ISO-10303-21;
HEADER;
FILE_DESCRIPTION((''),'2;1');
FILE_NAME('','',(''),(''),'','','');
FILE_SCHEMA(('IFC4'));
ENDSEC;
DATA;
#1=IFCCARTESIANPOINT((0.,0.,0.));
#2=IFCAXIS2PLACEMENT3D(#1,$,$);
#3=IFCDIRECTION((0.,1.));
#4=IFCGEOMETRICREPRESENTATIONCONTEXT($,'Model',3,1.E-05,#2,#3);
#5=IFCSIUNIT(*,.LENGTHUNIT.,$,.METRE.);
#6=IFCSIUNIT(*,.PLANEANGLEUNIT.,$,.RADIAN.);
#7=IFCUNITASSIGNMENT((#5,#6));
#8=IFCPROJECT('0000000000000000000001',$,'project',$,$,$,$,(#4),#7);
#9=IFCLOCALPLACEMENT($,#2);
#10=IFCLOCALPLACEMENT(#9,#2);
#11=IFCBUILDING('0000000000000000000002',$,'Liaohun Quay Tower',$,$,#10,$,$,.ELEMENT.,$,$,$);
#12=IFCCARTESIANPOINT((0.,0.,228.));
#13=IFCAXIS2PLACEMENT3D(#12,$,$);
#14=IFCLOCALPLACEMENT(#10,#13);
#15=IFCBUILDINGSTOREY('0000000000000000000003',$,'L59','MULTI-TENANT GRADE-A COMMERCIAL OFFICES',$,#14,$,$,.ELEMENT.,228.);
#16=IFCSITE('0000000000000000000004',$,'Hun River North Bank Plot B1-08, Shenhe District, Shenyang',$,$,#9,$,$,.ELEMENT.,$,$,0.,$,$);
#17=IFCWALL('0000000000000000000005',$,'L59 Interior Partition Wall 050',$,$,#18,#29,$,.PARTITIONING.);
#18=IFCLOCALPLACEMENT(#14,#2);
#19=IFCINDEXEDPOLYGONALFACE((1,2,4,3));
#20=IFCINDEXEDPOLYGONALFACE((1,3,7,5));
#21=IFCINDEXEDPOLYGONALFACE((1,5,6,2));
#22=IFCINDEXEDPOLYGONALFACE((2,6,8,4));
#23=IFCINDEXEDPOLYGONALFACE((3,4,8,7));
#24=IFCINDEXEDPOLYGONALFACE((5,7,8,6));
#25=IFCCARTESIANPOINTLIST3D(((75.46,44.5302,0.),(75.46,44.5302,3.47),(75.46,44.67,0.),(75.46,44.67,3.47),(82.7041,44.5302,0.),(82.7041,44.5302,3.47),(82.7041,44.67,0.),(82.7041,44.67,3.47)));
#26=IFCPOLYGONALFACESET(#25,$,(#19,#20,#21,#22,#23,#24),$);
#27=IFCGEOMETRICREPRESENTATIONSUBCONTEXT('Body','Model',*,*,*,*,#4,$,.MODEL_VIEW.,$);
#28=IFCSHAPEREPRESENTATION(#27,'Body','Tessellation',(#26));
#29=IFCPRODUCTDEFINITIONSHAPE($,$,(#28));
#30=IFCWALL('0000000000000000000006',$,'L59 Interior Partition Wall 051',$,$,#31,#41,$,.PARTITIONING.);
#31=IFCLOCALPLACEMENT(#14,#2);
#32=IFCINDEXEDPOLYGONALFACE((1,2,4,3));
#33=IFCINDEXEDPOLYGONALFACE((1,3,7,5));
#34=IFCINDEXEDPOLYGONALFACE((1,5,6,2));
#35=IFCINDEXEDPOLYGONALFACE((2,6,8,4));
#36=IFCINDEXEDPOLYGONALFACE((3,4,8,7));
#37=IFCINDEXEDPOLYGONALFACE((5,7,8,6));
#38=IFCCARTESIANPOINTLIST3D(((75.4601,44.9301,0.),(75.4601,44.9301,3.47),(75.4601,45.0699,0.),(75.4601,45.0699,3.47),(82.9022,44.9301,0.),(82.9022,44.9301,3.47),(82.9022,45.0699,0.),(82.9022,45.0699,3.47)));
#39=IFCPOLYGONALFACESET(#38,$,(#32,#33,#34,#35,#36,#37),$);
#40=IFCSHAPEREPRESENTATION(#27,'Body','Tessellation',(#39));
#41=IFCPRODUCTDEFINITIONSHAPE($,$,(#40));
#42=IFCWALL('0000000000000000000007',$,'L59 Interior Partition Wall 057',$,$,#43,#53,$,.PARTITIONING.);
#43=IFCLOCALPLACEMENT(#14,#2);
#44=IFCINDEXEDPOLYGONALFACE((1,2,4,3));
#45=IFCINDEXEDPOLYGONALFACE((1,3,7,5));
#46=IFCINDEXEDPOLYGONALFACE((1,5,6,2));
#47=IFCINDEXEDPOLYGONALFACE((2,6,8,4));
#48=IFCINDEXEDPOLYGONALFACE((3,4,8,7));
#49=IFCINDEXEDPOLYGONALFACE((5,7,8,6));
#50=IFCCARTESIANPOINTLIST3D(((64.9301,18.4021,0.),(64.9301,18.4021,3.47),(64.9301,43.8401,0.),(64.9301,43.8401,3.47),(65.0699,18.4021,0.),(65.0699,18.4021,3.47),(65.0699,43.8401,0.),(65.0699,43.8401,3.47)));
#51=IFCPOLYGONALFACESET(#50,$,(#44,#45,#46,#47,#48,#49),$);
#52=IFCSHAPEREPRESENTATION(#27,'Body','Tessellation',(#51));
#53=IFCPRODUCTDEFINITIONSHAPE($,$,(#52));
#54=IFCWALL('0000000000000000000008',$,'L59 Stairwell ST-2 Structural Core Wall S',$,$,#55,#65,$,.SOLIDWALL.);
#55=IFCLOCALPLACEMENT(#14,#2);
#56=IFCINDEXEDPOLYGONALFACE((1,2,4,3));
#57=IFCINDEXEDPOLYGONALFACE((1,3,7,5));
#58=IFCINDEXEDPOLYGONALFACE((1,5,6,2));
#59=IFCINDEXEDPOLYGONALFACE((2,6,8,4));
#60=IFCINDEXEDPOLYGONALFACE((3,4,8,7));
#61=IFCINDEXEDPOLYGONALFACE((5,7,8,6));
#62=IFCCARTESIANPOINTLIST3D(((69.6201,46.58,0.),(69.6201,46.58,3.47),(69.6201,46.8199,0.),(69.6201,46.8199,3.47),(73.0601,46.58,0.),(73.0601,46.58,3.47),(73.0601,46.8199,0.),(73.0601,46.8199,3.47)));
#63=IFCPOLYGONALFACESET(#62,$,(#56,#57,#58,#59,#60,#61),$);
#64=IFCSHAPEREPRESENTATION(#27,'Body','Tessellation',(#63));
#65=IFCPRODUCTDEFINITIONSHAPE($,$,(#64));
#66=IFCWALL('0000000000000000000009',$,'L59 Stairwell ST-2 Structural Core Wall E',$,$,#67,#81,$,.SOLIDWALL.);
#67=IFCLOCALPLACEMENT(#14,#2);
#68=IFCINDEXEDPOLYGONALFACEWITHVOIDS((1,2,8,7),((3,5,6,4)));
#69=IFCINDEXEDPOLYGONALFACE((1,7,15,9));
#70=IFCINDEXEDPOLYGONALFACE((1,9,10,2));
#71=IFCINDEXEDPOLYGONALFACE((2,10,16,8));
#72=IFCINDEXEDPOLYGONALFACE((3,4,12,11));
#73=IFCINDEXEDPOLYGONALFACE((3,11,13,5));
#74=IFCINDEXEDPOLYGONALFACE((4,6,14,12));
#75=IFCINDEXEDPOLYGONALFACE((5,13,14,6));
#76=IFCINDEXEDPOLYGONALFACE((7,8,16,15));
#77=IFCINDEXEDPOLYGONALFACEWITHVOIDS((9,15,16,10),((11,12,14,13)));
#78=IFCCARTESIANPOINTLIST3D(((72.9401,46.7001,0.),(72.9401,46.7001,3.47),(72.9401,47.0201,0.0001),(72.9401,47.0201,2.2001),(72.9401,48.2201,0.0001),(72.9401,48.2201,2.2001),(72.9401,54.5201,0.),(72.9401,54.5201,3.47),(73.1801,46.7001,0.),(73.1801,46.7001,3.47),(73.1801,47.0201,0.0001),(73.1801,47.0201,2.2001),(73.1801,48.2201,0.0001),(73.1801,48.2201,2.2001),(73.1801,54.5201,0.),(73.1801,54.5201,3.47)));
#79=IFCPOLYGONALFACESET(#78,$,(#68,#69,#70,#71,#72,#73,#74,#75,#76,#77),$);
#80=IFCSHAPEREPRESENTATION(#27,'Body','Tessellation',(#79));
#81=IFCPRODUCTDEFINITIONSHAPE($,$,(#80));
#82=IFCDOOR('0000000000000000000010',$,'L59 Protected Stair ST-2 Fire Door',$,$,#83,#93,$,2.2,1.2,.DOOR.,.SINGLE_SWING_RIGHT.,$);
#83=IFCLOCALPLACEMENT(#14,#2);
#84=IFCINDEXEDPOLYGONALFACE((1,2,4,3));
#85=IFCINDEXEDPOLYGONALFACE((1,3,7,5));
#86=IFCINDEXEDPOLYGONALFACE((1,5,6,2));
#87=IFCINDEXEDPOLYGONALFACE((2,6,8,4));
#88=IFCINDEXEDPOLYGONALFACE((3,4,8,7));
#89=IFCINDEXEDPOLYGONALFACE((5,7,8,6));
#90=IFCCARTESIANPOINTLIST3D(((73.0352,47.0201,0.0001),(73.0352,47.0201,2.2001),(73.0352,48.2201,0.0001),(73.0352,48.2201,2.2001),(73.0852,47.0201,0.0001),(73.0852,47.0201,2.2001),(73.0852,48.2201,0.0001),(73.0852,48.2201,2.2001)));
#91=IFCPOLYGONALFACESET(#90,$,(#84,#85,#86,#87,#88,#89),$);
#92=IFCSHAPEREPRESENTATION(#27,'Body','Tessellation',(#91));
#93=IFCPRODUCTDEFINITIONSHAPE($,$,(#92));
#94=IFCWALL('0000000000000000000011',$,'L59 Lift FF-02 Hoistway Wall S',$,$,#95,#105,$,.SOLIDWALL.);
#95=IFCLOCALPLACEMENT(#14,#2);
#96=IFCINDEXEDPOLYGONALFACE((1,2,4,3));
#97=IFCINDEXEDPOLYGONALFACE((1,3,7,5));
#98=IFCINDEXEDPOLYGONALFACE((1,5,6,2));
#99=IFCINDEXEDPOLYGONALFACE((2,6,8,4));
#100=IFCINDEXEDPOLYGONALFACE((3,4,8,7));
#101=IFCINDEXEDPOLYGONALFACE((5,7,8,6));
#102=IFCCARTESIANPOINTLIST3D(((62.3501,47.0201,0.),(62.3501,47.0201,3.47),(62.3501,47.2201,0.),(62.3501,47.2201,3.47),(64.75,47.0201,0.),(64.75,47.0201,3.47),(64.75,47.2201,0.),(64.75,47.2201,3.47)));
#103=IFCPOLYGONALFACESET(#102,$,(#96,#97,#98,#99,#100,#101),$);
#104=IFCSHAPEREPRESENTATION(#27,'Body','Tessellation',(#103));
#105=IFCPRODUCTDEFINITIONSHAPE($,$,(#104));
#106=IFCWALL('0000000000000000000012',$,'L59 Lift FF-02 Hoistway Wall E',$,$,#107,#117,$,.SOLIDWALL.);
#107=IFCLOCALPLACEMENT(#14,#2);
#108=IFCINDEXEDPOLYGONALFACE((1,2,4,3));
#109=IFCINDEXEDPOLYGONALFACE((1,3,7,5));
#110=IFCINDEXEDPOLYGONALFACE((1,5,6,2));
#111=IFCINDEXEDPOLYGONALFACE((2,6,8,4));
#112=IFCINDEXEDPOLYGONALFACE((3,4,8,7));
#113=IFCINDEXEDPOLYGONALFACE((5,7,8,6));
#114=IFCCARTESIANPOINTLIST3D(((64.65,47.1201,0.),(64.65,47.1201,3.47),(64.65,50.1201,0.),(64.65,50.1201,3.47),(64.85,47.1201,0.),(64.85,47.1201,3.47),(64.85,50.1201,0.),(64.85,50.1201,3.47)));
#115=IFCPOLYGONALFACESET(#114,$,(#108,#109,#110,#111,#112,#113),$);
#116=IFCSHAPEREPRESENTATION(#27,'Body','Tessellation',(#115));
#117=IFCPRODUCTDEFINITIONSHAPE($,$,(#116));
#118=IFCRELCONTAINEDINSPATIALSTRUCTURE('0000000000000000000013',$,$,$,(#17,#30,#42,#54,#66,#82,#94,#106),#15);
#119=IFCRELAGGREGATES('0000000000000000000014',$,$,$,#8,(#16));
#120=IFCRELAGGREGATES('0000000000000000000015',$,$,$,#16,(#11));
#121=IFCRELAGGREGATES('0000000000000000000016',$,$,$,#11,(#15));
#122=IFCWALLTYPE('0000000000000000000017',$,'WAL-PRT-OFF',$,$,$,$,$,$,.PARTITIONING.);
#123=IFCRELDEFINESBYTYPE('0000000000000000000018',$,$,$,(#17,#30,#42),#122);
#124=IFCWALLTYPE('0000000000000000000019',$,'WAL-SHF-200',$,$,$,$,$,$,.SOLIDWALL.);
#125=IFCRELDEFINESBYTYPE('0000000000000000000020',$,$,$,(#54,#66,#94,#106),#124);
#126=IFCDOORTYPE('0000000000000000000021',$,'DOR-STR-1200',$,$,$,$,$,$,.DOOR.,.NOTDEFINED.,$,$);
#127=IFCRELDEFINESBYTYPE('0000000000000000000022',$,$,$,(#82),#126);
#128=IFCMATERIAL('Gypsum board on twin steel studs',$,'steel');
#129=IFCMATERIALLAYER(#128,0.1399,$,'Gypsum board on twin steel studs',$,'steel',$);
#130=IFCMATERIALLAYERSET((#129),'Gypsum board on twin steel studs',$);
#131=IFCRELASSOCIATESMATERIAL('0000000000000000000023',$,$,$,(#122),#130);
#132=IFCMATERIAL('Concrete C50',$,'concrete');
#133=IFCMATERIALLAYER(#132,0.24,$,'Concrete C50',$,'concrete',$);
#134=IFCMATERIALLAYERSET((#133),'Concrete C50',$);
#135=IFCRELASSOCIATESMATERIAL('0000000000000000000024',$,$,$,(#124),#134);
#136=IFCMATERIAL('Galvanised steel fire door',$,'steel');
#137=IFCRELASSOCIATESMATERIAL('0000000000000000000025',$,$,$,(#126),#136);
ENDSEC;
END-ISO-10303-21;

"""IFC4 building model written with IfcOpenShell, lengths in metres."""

from ifc_helpers import new_model, si_unit, direction, frame, frame_2d, origin, place, context, subcontext, project, spatial, rectangle, extrude, source, transform, mapped, material, layer, layer_set, type_object, element, fill, save


model = new_model("IFC4")

# Units and contexts
model_context = context("Model", 3, precision=1e-05, world=origin(), true_north=direction((0.0, 1.0)))
body_context = subcontext(model_context, "Body", "Model", "MODEL_VIEW")
ifc_project = project(units=[si_unit("LENGTHUNIT", "METRE"), si_unit("PLANEANGLEUNIT", "RADIAN")], contexts=[model_context])

# Site, building, storey
site_placement = place(None, origin())
site = spatial("IfcSite", under=ifc_project, at=site_placement, Name="Hun River North Bank Plot B1-08, Shenhe District, Shenyang", CompositionType="ELEMENT", RefElevation=0.0)
building_placement = place(site_placement, origin())
building = spatial("IfcBuilding", under=site, at=building_placement, Name="Liaohun Quay Tower", CompositionType="ELEMENT")
storey_placement = place(building_placement, frame((0.0, 0.0, 228.0)))
storey = spatial("IfcBuildingStorey", under=building, at=storey_placement, Name="L59", Description="MULTI-TENANT GRADE-A COMMERCIAL OFFICES", CompositionType="ELEMENT", Elevation=228.0)

# Walls
ifc_material_1 = material(Name="Gypsum board on twin steel studs", Category="steel")
ifc_layer_1 = layer(ifc_material_1, 0.1399, Name="Gypsum board on twin steel studs", Category="steel")
ifc_layer_set_1 = layer_set([ifc_layer_1], Name="Gypsum board on twin steel studs")
wall_type_1 = type_object("IfcWallType", Name="WAL-PRT-OFF", PredefinedType="PARTITIONING", material=ifc_layer_set_1)
wall_1_placement = place(storey_placement, frame((75.46, 44.6001, 0.0), z_axis=(0.0, 0.0, 1.0), x_axis=(1.0, 0.0, 0.0)))
element("IfcWall", 1, at=wall_1_placement, inside=storey, type_object=wall_type_1, Name="L59 Interior Partition Wall 050", PredefinedType="PARTITIONING", context=body_context, shape_type="SweptSolid", body=[
    extrude(rectangle(XDim=7.2441, YDim=0.1399, at=frame_2d((3.6221, 0.0))), origin(), (0.0, 0.0, 1.0), 3.47),
])
wall_2_placement = place(storey_placement, frame((75.46, 45.0, 0.0), z_axis=(0.0, 0.0, 1.0), x_axis=(1.0, 0.0, 0.0)))
element("IfcWall", 2, at=wall_2_placement, inside=storey, type_object=wall_type_1, Name="L59 Interior Partition Wall 051", PredefinedType="PARTITIONING", context=body_context, shape_type="SweptSolid", body=[
    extrude(rectangle(XDim=7.4421, YDim=0.1399, at=frame_2d((3.7212, 0.0))), origin(), (0.0, 0.0, 1.0), 3.47),
])
wall_3_placement = place(storey_placement, frame((65.0, 43.8401, 0.0), z_axis=(0.0, 0.0, 1.0), x_axis=(0.0, -1.0, 0.0)))
element("IfcWall", 3, at=wall_3_placement, inside=storey, type_object=wall_type_1, Name="L59 Interior Partition Wall 057", PredefinedType="PARTITIONING", context=body_context, shape_type="SweptSolid", body=[
    extrude(rectangle(XDim=25.438, YDim=0.1399, at=frame_2d((12.719, 0.0))), origin(), (0.0, 0.0, 1.0), 3.47),
])
ifc_material_2 = material(Name="Concrete C50", Category="concrete")
ifc_layer_2 = layer(ifc_material_2, 0.24, Name="Concrete C50", Category="concrete")
ifc_layer_set_2 = layer_set([ifc_layer_2], Name="Concrete C50")
wall_type_2 = type_object("IfcWallType", Name="WAL-SHF-200", PredefinedType="SOLIDWALL", material=ifc_layer_set_2)
wall_4_placement = place(storey_placement, frame((69.6201, 46.7, 0.0), z_axis=(0.0, 0.0, 1.0), x_axis=(1.0, 0.0, 0.0)))
element("IfcWall", 4, at=wall_4_placement, inside=storey, type_object=wall_type_2, Name="L59 Stairwell ST-2 Structural Core Wall S", PredefinedType="SOLIDWALL", context=body_context, shape_type="SweptSolid", body=[
    extrude(rectangle(XDim=3.4399, YDim=0.24, at=frame_2d((1.72, 0.0))), origin(), (0.0, 0.0, 1.0), 3.47),
])

# Wall, opening, door
wall_5_placement = place(storey_placement, frame((73.0601, 46.7, 0.0), z_axis=(0.0, 0.0, 1.0), x_axis=(0.0, 1.0, 0.0)))
wall_5 = element("IfcWall", 5, at=wall_5_placement, inside=storey, type_object=wall_type_2, Name="L59 Stairwell ST-2 Structural Core Wall E", PredefinedType="SOLIDWALL", context=body_context, shape_type="SweptSolid", body=[
    extrude(rectangle(XDim=7.8201, YDim=0.24, at=frame_2d((3.9102, 0.0))), origin(), (0.0, 0.0, 1.0), 3.47),
])
shared_shape_1 = source(origin(), body_context, "Body", "SweptSolid", [
    extrude(rectangle(XDim=1.2, YDim=2.2, at=frame_2d((0.6001, 1.1001))), frame((0.0, 0.1299, 0.0), z_axis=(0.0, -1.0, 0.0), x_axis=(1.0, 0.0, 0.0)), (0.0, 0.0, 1.0), 0.26),
])
opening_1_placement = place(wall_5_placement, frame((0.3201, 0.0, 0.0)))
opening_1 = element("IfcOpeningElement", 6, at=opening_1_placement, cuts=wall_5, PredefinedType="OPENING", context=body_context, shape_type="MappedRepresentation", body=[
    mapped(shared_shape_1, transform((0.0, 0.0, 0.0), x_axis=(1.0, 0.0, 0.0), y_axis=(0.0, 1.0, 0.0), z_axis=(0.0, 0.0, 1.0), scale=1.0)),
])
ifc_material_3 = material(Name="Galvanised steel fire door", Category="steel")
door_type_1 = type_object("IfcDoorType", Name="DOR-STR-1200", OperationType="NOTDEFINED", PredefinedType="DOOR", material=ifc_material_3)
shared_shape_2 = source(origin(), body_context, "Body", "SweptSolid", [
    extrude(rectangle(XDim=1.2, YDim=2.2, at=frame_2d((0.6001, 1.1001))), frame((0.0, 0.0249, 0.0), z_axis=(0.0, -1.0, 0.0), x_axis=(1.0, 0.0, 0.0)), (0.0, 0.0, 1.0), 0.05),
])
door_1_placement = place(opening_1_placement, origin())
door_1 = element("IfcDoor", 7, at=door_1_placement, inside=storey, type_object=door_type_1, Name="L59 Protected Stair ST-2 Fire Door", OperationType="SINGLE_SWING_RIGHT", OverallHeight=2.2, OverallWidth=1.2, PredefinedType="DOOR", context=body_context, shape_type="MappedRepresentation", body=[
    mapped(shared_shape_2, transform((0.0, 0.0, 0.0), x_axis=(1.0, 0.0, 0.0), y_axis=(0.0, 1.0, 0.0), z_axis=(0.0, 0.0, 1.0), scale=1.0)),
])
fill(opening_1, door_1)

# Walls
wall_6_placement = place(storey_placement, frame((62.3501, 47.1201, 0.0), z_axis=(0.0, 0.0, 1.0), x_axis=(1.0, 0.0, 0.0)))
element("IfcWall", 8, at=wall_6_placement, inside=storey, type_object=wall_type_2, Name="L59 Lift FF-02 Hoistway Wall S", PredefinedType="SOLIDWALL", context=body_context, shape_type="SweptSolid", body=[
    extrude(rectangle(XDim=2.3999, YDim=0.2, at=frame_2d((1.2, 0.0))), origin(), (0.0, 0.0, 1.0), 3.47),
])
wall_7_placement = place(storey_placement, frame((64.75, 47.1201, 0.0), z_axis=(0.0, 0.0, 1.0), x_axis=(0.0, 1.0, 0.0)))
element("IfcWall", 9, at=wall_7_placement, inside=storey, type_object=wall_type_2, Name="L59 Lift FF-02 Hoistway Wall E", PredefinedType="SOLIDWALL", context=body_context, shape_type="SweptSolid", body=[
    extrude(rectangle(XDim=3.0, YDim=0.2, at=frame_2d((1.5, 0.0))), origin(), (0.0, 0.0, 1.0), 3.47),
])

save(model, "model.ifc")
